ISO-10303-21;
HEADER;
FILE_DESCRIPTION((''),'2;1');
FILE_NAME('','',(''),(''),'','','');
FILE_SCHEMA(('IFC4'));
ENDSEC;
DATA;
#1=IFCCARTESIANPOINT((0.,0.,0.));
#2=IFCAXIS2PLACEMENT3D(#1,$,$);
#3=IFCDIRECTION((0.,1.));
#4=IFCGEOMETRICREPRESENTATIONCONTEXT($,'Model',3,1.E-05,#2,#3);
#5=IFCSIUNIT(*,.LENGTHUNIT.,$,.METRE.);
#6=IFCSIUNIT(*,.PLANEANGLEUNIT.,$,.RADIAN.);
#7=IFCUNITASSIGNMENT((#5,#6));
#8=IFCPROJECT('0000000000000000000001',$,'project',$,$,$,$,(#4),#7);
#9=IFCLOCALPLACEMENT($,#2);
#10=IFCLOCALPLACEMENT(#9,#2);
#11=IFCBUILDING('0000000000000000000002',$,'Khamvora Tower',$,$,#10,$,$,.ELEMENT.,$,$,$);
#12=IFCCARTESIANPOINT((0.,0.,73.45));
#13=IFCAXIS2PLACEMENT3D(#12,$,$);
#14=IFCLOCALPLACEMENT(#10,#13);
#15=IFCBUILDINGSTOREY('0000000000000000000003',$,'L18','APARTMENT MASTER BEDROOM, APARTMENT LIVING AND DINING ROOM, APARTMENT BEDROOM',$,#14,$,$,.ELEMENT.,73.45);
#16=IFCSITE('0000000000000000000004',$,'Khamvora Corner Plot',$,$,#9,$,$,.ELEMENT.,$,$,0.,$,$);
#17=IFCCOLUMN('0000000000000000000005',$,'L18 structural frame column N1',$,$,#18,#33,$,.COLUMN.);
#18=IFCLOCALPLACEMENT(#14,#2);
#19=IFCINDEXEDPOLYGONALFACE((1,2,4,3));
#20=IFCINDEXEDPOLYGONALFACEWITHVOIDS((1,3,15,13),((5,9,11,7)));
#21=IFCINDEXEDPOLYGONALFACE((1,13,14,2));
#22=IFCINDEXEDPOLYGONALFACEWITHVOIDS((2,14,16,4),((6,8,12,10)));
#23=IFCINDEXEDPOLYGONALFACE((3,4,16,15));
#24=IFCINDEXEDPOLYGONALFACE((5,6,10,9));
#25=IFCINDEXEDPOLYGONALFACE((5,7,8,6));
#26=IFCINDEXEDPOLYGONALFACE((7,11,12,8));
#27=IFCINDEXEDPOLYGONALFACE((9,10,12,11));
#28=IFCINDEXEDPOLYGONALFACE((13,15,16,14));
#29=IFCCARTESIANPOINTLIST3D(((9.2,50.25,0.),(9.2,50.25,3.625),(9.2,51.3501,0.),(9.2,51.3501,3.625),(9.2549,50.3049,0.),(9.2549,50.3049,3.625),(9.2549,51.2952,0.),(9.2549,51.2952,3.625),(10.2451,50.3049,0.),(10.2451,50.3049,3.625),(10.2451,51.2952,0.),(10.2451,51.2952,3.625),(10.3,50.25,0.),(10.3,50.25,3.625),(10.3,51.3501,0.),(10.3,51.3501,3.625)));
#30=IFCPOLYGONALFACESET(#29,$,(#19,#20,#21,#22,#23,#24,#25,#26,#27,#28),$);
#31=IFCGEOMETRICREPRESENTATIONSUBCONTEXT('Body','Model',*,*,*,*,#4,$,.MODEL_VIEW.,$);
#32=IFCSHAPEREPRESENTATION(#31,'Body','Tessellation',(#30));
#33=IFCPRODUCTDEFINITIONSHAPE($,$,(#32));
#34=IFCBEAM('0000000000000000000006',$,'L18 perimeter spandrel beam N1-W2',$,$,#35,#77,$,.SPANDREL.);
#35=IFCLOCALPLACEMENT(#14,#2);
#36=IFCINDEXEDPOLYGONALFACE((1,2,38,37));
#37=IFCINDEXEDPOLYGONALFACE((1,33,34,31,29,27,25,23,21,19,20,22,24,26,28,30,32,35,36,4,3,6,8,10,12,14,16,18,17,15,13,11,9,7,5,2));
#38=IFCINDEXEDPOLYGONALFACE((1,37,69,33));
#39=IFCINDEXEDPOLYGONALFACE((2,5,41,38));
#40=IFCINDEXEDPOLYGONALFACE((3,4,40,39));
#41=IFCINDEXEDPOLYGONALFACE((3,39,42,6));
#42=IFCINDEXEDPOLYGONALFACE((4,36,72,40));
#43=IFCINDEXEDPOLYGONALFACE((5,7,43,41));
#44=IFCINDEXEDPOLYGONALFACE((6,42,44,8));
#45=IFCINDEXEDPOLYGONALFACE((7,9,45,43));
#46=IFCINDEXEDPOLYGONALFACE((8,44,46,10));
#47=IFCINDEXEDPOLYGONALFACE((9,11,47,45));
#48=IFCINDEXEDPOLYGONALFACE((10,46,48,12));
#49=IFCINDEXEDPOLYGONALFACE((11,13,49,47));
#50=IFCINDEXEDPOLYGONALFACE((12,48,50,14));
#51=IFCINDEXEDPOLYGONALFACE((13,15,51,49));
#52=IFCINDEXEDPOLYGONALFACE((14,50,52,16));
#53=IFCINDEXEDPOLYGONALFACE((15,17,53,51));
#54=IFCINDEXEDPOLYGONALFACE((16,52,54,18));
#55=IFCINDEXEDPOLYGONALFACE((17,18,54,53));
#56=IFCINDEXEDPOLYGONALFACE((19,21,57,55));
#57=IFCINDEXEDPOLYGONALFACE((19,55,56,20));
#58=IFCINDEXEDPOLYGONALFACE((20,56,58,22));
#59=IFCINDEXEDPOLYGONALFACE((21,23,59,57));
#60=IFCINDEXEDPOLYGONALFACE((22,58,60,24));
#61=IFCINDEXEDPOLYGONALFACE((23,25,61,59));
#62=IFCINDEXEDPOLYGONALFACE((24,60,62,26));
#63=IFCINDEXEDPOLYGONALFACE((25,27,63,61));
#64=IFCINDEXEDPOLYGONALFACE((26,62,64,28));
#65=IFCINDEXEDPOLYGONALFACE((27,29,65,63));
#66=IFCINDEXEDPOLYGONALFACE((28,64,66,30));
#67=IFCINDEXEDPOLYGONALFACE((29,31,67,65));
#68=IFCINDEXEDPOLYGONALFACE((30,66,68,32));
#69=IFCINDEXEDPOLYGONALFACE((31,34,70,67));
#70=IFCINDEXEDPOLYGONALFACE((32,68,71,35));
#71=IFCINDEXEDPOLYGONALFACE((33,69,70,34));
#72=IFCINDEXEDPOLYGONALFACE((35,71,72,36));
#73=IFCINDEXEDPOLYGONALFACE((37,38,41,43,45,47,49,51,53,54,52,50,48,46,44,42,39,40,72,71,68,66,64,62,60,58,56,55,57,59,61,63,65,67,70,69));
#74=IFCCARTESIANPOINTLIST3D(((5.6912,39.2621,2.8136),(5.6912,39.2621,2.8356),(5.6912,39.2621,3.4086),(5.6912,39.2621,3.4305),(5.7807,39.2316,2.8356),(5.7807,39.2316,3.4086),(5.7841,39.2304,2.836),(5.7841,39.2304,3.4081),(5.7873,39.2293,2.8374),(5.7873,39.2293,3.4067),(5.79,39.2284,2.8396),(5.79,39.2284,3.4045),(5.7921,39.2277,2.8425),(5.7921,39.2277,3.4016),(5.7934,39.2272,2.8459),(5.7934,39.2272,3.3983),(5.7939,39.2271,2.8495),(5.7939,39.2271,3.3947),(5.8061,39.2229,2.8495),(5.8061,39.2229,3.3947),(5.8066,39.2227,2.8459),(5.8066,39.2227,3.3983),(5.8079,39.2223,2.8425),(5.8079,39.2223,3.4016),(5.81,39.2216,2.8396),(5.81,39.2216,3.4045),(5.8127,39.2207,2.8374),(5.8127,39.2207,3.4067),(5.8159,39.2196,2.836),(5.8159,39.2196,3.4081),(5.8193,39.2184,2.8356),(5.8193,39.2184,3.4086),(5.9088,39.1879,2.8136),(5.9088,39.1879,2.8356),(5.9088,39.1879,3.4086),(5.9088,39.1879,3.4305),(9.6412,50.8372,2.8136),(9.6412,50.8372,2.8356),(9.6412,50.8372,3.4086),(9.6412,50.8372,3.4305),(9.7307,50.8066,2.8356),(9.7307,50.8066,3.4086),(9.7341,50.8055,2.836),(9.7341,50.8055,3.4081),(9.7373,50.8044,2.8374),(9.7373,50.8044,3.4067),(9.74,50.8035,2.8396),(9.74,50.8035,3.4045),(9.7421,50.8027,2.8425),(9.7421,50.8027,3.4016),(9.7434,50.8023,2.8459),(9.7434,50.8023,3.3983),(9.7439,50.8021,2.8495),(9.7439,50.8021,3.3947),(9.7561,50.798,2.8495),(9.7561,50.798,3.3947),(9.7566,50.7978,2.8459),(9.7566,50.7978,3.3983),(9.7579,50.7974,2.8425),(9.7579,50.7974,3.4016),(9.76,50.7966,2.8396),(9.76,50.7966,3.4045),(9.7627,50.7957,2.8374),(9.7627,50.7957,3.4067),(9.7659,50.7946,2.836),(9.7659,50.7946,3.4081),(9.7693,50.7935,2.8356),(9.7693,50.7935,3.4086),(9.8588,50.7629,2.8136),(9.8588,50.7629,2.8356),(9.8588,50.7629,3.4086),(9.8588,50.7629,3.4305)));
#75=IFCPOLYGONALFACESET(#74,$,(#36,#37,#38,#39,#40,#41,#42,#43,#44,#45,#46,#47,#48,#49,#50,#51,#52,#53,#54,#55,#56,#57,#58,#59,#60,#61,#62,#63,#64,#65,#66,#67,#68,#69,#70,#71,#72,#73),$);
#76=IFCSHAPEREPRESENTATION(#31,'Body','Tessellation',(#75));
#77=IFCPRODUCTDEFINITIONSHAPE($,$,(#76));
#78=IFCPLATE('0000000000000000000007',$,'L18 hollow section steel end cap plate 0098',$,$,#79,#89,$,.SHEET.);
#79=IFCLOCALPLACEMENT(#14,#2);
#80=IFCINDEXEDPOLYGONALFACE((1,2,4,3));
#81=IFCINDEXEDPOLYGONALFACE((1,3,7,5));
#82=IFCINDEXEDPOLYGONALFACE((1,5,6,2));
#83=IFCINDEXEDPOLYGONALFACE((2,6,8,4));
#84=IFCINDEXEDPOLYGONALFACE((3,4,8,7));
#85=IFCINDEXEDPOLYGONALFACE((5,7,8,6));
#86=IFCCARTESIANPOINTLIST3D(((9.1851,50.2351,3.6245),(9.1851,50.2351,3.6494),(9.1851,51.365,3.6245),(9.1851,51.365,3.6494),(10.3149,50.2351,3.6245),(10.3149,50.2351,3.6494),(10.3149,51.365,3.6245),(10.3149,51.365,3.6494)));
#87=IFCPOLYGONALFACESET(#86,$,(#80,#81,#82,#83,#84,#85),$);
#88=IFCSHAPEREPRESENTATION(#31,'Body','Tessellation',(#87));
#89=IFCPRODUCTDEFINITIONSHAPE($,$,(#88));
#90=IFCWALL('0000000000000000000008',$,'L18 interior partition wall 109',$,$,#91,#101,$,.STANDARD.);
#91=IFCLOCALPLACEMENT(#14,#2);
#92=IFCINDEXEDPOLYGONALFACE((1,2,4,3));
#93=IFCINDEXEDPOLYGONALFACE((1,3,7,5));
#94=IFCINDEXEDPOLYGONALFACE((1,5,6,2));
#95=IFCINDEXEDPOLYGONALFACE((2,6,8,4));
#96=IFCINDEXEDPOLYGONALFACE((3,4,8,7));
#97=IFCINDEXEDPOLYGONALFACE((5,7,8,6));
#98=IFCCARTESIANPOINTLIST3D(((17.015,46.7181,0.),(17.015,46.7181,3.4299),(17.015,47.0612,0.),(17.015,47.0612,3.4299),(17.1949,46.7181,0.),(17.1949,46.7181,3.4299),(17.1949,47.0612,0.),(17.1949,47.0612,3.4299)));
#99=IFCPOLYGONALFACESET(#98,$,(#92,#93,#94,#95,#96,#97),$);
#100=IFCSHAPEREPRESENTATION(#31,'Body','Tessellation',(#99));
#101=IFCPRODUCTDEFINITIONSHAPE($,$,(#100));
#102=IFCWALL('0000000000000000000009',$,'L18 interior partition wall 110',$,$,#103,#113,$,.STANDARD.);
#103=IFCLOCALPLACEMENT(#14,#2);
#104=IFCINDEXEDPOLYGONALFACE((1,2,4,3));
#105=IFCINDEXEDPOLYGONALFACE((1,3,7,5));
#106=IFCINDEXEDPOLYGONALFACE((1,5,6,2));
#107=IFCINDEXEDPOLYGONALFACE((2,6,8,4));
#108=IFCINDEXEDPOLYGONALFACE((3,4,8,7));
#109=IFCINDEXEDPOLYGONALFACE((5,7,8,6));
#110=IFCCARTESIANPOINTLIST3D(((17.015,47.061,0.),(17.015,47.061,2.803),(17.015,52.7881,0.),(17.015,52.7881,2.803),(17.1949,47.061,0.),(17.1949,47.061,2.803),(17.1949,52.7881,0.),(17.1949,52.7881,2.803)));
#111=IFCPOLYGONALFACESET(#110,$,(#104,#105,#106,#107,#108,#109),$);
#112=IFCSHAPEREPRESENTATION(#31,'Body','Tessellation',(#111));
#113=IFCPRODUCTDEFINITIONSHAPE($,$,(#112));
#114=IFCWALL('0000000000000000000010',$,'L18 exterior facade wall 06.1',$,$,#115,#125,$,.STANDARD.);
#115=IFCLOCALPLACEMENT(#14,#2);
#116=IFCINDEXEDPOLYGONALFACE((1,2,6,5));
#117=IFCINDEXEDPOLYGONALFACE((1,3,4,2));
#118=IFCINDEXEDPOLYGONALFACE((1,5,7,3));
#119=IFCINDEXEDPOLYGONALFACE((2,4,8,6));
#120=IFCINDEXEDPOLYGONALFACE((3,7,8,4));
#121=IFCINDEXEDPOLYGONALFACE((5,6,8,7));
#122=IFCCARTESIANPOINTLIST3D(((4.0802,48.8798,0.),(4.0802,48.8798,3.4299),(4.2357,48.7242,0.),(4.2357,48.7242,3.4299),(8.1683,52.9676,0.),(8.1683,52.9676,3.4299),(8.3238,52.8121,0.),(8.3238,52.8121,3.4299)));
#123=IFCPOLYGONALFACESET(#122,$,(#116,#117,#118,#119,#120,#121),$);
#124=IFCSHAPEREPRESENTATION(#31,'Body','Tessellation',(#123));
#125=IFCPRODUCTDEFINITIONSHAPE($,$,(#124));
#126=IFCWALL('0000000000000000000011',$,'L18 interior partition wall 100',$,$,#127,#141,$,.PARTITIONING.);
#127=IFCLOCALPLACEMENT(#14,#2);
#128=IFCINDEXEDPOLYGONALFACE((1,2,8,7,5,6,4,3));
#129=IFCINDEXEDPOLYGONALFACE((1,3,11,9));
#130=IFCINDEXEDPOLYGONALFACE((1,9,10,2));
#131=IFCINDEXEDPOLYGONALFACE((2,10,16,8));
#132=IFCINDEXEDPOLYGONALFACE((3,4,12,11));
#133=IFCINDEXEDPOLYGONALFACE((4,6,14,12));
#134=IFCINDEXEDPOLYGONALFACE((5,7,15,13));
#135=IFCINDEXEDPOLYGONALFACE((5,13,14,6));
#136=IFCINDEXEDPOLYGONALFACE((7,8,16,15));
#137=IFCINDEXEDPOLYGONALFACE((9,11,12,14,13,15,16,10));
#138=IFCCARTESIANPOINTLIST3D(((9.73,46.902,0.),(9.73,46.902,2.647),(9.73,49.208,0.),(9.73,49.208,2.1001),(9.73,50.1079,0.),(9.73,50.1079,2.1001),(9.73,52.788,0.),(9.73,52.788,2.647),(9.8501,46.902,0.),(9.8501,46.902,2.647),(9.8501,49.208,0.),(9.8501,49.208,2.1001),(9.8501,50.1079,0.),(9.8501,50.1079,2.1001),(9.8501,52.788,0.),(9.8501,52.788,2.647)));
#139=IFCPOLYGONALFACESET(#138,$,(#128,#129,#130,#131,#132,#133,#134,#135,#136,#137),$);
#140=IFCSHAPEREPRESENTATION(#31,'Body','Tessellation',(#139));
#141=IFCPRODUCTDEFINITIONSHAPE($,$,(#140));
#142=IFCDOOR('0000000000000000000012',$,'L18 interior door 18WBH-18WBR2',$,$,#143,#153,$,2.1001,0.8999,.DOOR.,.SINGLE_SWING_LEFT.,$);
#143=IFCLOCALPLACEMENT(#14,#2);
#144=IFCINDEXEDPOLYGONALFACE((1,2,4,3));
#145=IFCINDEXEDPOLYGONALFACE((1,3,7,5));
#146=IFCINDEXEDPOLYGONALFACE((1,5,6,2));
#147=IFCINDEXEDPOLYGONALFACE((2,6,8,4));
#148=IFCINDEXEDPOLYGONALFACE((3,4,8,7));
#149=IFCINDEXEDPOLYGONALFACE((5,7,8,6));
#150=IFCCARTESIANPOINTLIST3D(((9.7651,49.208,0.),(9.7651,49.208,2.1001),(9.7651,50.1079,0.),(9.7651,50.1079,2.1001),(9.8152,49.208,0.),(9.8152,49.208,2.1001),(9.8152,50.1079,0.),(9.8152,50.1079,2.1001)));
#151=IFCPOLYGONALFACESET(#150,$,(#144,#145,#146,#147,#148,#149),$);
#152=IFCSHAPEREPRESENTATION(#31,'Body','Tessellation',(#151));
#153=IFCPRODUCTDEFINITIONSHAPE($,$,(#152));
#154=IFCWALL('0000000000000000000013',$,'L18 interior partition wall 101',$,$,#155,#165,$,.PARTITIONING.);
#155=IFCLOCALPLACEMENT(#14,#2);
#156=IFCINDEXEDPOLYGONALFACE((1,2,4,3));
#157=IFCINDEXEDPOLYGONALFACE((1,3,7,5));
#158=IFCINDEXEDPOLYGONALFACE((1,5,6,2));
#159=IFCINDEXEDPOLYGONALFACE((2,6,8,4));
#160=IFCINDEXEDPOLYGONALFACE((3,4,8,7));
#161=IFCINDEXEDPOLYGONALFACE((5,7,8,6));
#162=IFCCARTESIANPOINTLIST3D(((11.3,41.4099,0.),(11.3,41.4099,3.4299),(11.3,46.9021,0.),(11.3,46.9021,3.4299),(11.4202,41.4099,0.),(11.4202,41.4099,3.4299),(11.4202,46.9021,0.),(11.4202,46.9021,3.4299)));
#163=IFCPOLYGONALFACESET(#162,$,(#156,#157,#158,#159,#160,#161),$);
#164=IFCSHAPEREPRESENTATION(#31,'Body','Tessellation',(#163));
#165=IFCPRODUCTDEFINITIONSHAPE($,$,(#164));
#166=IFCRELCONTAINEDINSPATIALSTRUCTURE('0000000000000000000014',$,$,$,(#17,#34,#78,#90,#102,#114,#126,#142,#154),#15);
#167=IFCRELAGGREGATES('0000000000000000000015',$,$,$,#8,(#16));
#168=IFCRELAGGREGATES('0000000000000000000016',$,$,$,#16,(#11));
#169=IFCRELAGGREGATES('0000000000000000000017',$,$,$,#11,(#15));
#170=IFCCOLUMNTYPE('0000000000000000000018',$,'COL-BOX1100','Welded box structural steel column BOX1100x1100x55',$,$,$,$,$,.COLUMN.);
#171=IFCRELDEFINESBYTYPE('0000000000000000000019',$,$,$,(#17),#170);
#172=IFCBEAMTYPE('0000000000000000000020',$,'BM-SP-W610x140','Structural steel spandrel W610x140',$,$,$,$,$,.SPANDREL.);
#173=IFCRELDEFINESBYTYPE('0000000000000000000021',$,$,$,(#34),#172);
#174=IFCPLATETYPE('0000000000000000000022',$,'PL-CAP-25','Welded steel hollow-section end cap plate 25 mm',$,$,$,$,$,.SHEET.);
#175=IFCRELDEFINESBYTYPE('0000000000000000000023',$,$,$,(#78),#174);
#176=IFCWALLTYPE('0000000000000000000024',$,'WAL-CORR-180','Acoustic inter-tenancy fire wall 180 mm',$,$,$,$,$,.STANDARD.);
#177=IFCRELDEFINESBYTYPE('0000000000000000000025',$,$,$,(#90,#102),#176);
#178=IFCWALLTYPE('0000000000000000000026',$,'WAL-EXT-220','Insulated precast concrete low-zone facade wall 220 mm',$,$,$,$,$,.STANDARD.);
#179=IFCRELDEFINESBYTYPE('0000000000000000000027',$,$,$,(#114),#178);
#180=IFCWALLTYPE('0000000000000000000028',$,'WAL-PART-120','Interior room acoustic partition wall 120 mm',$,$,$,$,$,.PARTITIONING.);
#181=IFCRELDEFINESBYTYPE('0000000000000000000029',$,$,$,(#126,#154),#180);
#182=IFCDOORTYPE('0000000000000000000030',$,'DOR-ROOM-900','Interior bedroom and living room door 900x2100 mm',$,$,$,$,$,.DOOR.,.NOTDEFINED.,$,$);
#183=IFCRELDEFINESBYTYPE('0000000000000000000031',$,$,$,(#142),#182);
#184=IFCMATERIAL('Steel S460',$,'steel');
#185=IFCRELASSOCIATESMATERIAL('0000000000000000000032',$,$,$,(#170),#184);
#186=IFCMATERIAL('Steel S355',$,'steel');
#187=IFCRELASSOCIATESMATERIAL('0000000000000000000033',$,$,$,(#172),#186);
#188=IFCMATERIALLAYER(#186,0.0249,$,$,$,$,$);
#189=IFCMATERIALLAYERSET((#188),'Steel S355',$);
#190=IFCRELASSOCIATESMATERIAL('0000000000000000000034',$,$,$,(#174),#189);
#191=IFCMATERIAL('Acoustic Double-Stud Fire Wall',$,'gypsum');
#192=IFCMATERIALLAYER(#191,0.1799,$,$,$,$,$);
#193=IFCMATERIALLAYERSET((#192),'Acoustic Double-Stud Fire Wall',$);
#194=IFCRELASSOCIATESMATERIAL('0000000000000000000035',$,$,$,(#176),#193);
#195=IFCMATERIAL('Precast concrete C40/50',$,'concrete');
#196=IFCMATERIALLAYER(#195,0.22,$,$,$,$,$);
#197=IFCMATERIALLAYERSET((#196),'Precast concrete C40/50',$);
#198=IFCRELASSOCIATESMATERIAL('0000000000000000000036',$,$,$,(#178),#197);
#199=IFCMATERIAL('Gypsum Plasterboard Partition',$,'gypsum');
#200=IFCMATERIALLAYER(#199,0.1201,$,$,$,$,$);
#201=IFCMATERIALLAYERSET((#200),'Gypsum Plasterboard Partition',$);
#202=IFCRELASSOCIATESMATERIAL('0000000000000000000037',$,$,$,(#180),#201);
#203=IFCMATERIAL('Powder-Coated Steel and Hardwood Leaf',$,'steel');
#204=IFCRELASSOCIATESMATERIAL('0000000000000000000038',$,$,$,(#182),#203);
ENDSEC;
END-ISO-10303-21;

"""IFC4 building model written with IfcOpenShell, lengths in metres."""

from ifc_helpers import new_model, si_unit, direction, frame, frame_2d, origin, origin_2d, place, context, subcontext, project, spatial, rectangle, hollow_rectangle, i_section, extrude, material, layer, layer_set, material_profile, profile_set, type_object, element, fill, save


model = new_model("IFC4")

# Units and contexts
model_context = context("Model", 3, precision=1e-05, world=origin(), true_north=direction((0.0, 1.0)))
body_context = subcontext(model_context, "Body", "Model", "MODEL_VIEW")
ifc_project = project(units=[si_unit("LENGTHUNIT", "METRE"), si_unit("PLANEANGLEUNIT", "RADIAN")], contexts=[model_context])

# Site, building, storey
site_placement = place(None, origin())
site = spatial("IfcSite", under=ifc_project, at=site_placement, Name="Khamvora Corner Plot", CompositionType="ELEMENT", RefElevation=0.0)
building_placement = place(site_placement, origin())
building = spatial("IfcBuilding", under=site, at=building_placement, Name="Khamvora Tower", CompositionType="ELEMENT")
storey_placement = place(building_placement, frame((0.0, 0.0, 73.45)))
storey = spatial("IfcBuildingStorey", under=building, at=storey_placement, Name="L18", Description="APARTMENT MASTER BEDROOM, APARTMENT LIVING AND DINING ROOM, APARTMENT BEDROOM", CompositionType="ELEMENT", Elevation=73.45)

# Column
ifc_material_1 = material(Name="Steel S460", Category="steel")
ifc_material_profile_1 = material_profile(ifc_material_1, hollow_rectangle(XDim=1.1001, YDim=1.1001, WallThickness=0.0549, at=origin_2d()), Name="BOX1100x1100x55")
ifc_profile_set_1 = profile_set([ifc_material_profile_1], Name="Steel S460")
column_type = type_object("IfcColumnType", Name="COL-BOX1100", Description="Welded box structural steel column BOX1100x1100x55", PredefinedType="COLUMN", material=ifc_profile_set_1)
column_placement = place(storey_placement, frame((9.75, 50.8, 0.0), z_axis=(0.0, 0.0, 1.0), x_axis=(1.0, 0.0, 0.0)))
element("IfcColumn", 1, at=column_placement, inside=storey, type_object=column_type, Name="L18 structural frame column N1", PredefinedType="COLUMN", context=body_context, shape_type="SweptSolid", body=[
    extrude(hollow_rectangle(XDim=1.1001, YDim=1.1001, WallThickness=0.0549, at=origin_2d()), origin(), (0.0, 0.0, 1.0), 3.625),
])

# Beam
ifc_material_2 = material(Name="Steel S355", Category="steel")
ifc_material_profile_2 = material_profile(ifc_material_2, i_section(OverallWidth=0.23, OverallDepth=0.6169, WebThickness=0.0129, FlangeThickness=0.022, FilletRadius=0.0139, at=origin_2d()), Name="W610x140")
ifc_profile_set_2 = profile_set([ifc_material_profile_2], Name="Steel S355")
beam_type = type_object("IfcBeamType", Name="BM-SP-W610x140", Description="Structural steel spandrel W610x140", PredefinedType="SPANDREL", material=ifc_profile_set_2)
beam_placement = place(storey_placement, frame((9.75, 50.8, 3.1221), z_axis=(-0.322963, -0.946412, 0.0), x_axis=(0.946412, -0.322963, 0.0)))
element("IfcBeam", 2, at=beam_placement, inside=storey, type_object=beam_type, Name="L18 perimeter spandrel beam N1-W2", PredefinedType="SPANDREL", context=body_context, shape_type="SweptSolid", body=[
    extrude(i_section(OverallWidth=0.23, OverallDepth=0.6169, WebThickness=0.0129, FlangeThickness=0.022, FilletRadius=0.0139, at=origin_2d()), origin(), (0.0, 0.0, 1.0), 12.2305),
])

# Plate
ifc_layer_1 = layer(ifc_material_2, 0.0249)
ifc_layer_set_1 = layer_set([ifc_layer_1], Name="Steel S355")
plate_type = type_object("IfcPlateType", Name="PL-CAP-25", Description="Welded steel hollow-section end cap plate 25 mm", PredefinedType="SHEET", material=ifc_layer_set_1)
plate_placement = place(storey_placement, frame((9.75, 50.8, 3.6245), z_axis=(0.0, 0.0, 1.0), x_axis=(1.0, 0.0, 0.0)))
element("IfcPlate", 3, at=plate_placement, inside=storey, type_object=plate_type, Name="L18 hollow section steel end cap plate 0098", PredefinedType="SHEET", context=body_context, shape_type="SweptSolid", body=[
    extrude(rectangle(XDim=1.1299, YDim=1.1299, at=origin_2d()), origin(), (0.0, 0.0, 1.0), 0.0249),
])

# Walls
ifc_material_3 = material(Name="Acoustic Double-Stud Fire Wall", Category="gypsum")
ifc_layer_2 = layer(ifc_material_3, 0.1799)
ifc_layer_set_2 = layer_set([ifc_layer_2], Name="Acoustic Double-Stud Fire Wall")
wall_type_1 = type_object("IfcWallType", Name="WAL-CORR-180", Description="Acoustic inter-tenancy fire wall 180 mm", PredefinedType="STANDARD", material=ifc_layer_set_2)
wall_1_placement = place(storey_placement, frame((17.105, 47.061, 0.0), z_axis=(0.0, 0.0, 1.0), x_axis=(0.0, -1.0, 0.0)))
element("IfcWall", 4, at=wall_1_placement, inside=storey, type_object=wall_type_1, Name="L18 interior partition wall 109", PredefinedType="STANDARD", context=body_context, shape_type="SweptSolid", body=[
    extrude(rectangle(XDim=0.343, YDim=0.1799, at=frame_2d((0.1714, 0.0))), origin(), (0.0, 0.0, 1.0), 3.4299),
])
wall_2_placement = place(storey_placement, frame((17.105, 52.7881, 0.0), z_axis=(0.0, 0.0, 1.0), x_axis=(0.0, -1.0, 0.0)))
element("IfcWall", 5, at=wall_2_placement, inside=storey, type_object=wall_type_1, Name="L18 interior partition wall 110", PredefinedType="STANDARD", context=body_context, shape_type="SweptSolid", body=[
    extrude(rectangle(XDim=5.7271, YDim=0.1799, at=frame_2d((2.8635, 0.0))), origin(), (0.0, 0.0, 1.0), 2.803),
])
ifc_material_4 = material(Name="Precast concrete C40/50", Category="concrete")
ifc_layer_3 = layer(ifc_material_4, 0.22)
ifc_layer_set_3 = layer_set([ifc_layer_3], Name="Precast concrete C40/50")
wall_type_2 = type_object("IfcWallType", Name="WAL-EXT-220", Description="Insulated precast concrete low-zone facade wall 220 mm", PredefinedType="STANDARD", material=ifc_layer_set_3)
wall_3_placement = place(storey_placement, frame((4.158, 48.802, 0.0), z_axis=(0.0, 0.0, 1.0), x_axis=(0.707128, 0.707086, 0.0)))
element("IfcWall", 6, at=wall_3_placement, inside=storey, type_object=wall_type_2, Name="L18 exterior facade wall 06.1", PredefinedType="STANDARD", context=body_context, shape_type="SweptSolid", body=[
    extrude(rectangle(XDim=5.7812, YDim=0.22, at=frame_2d((2.8906, 0.0))), origin(), (0.0, 0.0, 1.0), 3.4299),
])

# Wall, opening, door
ifc_material_5 = material(Name="Gypsum Plasterboard Partition", Category="gypsum")
ifc_layer_4 = layer(ifc_material_5, 0.1201)
ifc_layer_set_4 = layer_set([ifc_layer_4], Name="Gypsum Plasterboard Partition")
wall_type_3 = type_object("IfcWallType", Name="WAL-PART-120", Description="Interior room acoustic partition wall 120 mm", PredefinedType="PARTITIONING", material=ifc_layer_set_4)
wall_4_placement = place(storey_placement, frame((9.79, 46.9021, 0.0), z_axis=(0.0, 0.0, 1.0), x_axis=(0.0, 1.0, 0.0)))
wall_4 = element("IfcWall", 7, at=wall_4_placement, inside=storey, type_object=wall_type_3, Name="L18 interior partition wall 100", PredefinedType="PARTITIONING", context=body_context, shape_type="SweptSolid", body=[
    extrude(rectangle(XDim=5.886, YDim=0.1201, at=frame_2d((2.9429, 0.0))), origin(), (0.0, 0.0, 1.0), 2.647),
])
opening_1_placement = place(wall_4_placement, frame((2.3059, 0.0, 0.0)))
opening_1 = element("IfcOpeningElement", 8, at=opening_1_placement, cuts=wall_4, PredefinedType="OPENING", context=body_context, shape_type="SweptSolid", body=[
    extrude(rectangle(XDim=0.8999, YDim=2.1001, at=frame_2d((0.45, 1.05))), frame((0.0, 0.0701, 0.0), z_axis=(0.0, -1.0, 0.0), x_axis=(1.0, 0.0, 0.0)), (0.0, 0.0, 1.0), 0.1401),
])
ifc_material_6 = material(Name="Powder-Coated Steel and Hardwood Leaf", Category="steel")
door_type = type_object("IfcDoorType", Name="DOR-ROOM-900", Description="Interior bedroom and living room door 900x2100 mm", OperationType="NOTDEFINED", PredefinedType="DOOR", material=ifc_material_6)
door_1_placement = place(opening_1_placement, origin())
door_1 = element("IfcDoor", 9, at=door_1_placement, inside=storey, type_object=door_type, Name="L18 interior door 18WBH-18WBR2", OperationType="SINGLE_SWING_LEFT", OverallHeight=2.1001, OverallWidth=0.8999, PredefinedType="DOOR", context=body_context, shape_type="SweptSolid", body=[
    extrude(rectangle(XDim=0.8999, YDim=2.1001, at=frame_2d((0.45, 1.05))), frame((0.0, 0.0249, 0.0), z_axis=(0.0, -1.0, 0.0), x_axis=(1.0, 0.0, 0.0)), (0.0, 0.0, 1.0), 0.05),
])
fill(opening_1, door_1)

# Wall
wall_5_placement = place(storey_placement, frame((11.3601, 46.9021, 0.0), z_axis=(0.0, 0.0, 1.0), x_axis=(0.0, -1.0, 0.0)))
element("IfcWall", 10, at=wall_5_placement, inside=storey, type_object=wall_type_3, Name="L18 interior partition wall 101", PredefinedType="PARTITIONING", context=body_context, shape_type="SweptSolid", body=[
    extrude(rectangle(XDim=5.4922, YDim=0.1201, at=frame_2d((2.7461, 0.0))), origin(), (0.0, 0.0, 1.0), 3.4299),
])

save(model, "model.ifc")
